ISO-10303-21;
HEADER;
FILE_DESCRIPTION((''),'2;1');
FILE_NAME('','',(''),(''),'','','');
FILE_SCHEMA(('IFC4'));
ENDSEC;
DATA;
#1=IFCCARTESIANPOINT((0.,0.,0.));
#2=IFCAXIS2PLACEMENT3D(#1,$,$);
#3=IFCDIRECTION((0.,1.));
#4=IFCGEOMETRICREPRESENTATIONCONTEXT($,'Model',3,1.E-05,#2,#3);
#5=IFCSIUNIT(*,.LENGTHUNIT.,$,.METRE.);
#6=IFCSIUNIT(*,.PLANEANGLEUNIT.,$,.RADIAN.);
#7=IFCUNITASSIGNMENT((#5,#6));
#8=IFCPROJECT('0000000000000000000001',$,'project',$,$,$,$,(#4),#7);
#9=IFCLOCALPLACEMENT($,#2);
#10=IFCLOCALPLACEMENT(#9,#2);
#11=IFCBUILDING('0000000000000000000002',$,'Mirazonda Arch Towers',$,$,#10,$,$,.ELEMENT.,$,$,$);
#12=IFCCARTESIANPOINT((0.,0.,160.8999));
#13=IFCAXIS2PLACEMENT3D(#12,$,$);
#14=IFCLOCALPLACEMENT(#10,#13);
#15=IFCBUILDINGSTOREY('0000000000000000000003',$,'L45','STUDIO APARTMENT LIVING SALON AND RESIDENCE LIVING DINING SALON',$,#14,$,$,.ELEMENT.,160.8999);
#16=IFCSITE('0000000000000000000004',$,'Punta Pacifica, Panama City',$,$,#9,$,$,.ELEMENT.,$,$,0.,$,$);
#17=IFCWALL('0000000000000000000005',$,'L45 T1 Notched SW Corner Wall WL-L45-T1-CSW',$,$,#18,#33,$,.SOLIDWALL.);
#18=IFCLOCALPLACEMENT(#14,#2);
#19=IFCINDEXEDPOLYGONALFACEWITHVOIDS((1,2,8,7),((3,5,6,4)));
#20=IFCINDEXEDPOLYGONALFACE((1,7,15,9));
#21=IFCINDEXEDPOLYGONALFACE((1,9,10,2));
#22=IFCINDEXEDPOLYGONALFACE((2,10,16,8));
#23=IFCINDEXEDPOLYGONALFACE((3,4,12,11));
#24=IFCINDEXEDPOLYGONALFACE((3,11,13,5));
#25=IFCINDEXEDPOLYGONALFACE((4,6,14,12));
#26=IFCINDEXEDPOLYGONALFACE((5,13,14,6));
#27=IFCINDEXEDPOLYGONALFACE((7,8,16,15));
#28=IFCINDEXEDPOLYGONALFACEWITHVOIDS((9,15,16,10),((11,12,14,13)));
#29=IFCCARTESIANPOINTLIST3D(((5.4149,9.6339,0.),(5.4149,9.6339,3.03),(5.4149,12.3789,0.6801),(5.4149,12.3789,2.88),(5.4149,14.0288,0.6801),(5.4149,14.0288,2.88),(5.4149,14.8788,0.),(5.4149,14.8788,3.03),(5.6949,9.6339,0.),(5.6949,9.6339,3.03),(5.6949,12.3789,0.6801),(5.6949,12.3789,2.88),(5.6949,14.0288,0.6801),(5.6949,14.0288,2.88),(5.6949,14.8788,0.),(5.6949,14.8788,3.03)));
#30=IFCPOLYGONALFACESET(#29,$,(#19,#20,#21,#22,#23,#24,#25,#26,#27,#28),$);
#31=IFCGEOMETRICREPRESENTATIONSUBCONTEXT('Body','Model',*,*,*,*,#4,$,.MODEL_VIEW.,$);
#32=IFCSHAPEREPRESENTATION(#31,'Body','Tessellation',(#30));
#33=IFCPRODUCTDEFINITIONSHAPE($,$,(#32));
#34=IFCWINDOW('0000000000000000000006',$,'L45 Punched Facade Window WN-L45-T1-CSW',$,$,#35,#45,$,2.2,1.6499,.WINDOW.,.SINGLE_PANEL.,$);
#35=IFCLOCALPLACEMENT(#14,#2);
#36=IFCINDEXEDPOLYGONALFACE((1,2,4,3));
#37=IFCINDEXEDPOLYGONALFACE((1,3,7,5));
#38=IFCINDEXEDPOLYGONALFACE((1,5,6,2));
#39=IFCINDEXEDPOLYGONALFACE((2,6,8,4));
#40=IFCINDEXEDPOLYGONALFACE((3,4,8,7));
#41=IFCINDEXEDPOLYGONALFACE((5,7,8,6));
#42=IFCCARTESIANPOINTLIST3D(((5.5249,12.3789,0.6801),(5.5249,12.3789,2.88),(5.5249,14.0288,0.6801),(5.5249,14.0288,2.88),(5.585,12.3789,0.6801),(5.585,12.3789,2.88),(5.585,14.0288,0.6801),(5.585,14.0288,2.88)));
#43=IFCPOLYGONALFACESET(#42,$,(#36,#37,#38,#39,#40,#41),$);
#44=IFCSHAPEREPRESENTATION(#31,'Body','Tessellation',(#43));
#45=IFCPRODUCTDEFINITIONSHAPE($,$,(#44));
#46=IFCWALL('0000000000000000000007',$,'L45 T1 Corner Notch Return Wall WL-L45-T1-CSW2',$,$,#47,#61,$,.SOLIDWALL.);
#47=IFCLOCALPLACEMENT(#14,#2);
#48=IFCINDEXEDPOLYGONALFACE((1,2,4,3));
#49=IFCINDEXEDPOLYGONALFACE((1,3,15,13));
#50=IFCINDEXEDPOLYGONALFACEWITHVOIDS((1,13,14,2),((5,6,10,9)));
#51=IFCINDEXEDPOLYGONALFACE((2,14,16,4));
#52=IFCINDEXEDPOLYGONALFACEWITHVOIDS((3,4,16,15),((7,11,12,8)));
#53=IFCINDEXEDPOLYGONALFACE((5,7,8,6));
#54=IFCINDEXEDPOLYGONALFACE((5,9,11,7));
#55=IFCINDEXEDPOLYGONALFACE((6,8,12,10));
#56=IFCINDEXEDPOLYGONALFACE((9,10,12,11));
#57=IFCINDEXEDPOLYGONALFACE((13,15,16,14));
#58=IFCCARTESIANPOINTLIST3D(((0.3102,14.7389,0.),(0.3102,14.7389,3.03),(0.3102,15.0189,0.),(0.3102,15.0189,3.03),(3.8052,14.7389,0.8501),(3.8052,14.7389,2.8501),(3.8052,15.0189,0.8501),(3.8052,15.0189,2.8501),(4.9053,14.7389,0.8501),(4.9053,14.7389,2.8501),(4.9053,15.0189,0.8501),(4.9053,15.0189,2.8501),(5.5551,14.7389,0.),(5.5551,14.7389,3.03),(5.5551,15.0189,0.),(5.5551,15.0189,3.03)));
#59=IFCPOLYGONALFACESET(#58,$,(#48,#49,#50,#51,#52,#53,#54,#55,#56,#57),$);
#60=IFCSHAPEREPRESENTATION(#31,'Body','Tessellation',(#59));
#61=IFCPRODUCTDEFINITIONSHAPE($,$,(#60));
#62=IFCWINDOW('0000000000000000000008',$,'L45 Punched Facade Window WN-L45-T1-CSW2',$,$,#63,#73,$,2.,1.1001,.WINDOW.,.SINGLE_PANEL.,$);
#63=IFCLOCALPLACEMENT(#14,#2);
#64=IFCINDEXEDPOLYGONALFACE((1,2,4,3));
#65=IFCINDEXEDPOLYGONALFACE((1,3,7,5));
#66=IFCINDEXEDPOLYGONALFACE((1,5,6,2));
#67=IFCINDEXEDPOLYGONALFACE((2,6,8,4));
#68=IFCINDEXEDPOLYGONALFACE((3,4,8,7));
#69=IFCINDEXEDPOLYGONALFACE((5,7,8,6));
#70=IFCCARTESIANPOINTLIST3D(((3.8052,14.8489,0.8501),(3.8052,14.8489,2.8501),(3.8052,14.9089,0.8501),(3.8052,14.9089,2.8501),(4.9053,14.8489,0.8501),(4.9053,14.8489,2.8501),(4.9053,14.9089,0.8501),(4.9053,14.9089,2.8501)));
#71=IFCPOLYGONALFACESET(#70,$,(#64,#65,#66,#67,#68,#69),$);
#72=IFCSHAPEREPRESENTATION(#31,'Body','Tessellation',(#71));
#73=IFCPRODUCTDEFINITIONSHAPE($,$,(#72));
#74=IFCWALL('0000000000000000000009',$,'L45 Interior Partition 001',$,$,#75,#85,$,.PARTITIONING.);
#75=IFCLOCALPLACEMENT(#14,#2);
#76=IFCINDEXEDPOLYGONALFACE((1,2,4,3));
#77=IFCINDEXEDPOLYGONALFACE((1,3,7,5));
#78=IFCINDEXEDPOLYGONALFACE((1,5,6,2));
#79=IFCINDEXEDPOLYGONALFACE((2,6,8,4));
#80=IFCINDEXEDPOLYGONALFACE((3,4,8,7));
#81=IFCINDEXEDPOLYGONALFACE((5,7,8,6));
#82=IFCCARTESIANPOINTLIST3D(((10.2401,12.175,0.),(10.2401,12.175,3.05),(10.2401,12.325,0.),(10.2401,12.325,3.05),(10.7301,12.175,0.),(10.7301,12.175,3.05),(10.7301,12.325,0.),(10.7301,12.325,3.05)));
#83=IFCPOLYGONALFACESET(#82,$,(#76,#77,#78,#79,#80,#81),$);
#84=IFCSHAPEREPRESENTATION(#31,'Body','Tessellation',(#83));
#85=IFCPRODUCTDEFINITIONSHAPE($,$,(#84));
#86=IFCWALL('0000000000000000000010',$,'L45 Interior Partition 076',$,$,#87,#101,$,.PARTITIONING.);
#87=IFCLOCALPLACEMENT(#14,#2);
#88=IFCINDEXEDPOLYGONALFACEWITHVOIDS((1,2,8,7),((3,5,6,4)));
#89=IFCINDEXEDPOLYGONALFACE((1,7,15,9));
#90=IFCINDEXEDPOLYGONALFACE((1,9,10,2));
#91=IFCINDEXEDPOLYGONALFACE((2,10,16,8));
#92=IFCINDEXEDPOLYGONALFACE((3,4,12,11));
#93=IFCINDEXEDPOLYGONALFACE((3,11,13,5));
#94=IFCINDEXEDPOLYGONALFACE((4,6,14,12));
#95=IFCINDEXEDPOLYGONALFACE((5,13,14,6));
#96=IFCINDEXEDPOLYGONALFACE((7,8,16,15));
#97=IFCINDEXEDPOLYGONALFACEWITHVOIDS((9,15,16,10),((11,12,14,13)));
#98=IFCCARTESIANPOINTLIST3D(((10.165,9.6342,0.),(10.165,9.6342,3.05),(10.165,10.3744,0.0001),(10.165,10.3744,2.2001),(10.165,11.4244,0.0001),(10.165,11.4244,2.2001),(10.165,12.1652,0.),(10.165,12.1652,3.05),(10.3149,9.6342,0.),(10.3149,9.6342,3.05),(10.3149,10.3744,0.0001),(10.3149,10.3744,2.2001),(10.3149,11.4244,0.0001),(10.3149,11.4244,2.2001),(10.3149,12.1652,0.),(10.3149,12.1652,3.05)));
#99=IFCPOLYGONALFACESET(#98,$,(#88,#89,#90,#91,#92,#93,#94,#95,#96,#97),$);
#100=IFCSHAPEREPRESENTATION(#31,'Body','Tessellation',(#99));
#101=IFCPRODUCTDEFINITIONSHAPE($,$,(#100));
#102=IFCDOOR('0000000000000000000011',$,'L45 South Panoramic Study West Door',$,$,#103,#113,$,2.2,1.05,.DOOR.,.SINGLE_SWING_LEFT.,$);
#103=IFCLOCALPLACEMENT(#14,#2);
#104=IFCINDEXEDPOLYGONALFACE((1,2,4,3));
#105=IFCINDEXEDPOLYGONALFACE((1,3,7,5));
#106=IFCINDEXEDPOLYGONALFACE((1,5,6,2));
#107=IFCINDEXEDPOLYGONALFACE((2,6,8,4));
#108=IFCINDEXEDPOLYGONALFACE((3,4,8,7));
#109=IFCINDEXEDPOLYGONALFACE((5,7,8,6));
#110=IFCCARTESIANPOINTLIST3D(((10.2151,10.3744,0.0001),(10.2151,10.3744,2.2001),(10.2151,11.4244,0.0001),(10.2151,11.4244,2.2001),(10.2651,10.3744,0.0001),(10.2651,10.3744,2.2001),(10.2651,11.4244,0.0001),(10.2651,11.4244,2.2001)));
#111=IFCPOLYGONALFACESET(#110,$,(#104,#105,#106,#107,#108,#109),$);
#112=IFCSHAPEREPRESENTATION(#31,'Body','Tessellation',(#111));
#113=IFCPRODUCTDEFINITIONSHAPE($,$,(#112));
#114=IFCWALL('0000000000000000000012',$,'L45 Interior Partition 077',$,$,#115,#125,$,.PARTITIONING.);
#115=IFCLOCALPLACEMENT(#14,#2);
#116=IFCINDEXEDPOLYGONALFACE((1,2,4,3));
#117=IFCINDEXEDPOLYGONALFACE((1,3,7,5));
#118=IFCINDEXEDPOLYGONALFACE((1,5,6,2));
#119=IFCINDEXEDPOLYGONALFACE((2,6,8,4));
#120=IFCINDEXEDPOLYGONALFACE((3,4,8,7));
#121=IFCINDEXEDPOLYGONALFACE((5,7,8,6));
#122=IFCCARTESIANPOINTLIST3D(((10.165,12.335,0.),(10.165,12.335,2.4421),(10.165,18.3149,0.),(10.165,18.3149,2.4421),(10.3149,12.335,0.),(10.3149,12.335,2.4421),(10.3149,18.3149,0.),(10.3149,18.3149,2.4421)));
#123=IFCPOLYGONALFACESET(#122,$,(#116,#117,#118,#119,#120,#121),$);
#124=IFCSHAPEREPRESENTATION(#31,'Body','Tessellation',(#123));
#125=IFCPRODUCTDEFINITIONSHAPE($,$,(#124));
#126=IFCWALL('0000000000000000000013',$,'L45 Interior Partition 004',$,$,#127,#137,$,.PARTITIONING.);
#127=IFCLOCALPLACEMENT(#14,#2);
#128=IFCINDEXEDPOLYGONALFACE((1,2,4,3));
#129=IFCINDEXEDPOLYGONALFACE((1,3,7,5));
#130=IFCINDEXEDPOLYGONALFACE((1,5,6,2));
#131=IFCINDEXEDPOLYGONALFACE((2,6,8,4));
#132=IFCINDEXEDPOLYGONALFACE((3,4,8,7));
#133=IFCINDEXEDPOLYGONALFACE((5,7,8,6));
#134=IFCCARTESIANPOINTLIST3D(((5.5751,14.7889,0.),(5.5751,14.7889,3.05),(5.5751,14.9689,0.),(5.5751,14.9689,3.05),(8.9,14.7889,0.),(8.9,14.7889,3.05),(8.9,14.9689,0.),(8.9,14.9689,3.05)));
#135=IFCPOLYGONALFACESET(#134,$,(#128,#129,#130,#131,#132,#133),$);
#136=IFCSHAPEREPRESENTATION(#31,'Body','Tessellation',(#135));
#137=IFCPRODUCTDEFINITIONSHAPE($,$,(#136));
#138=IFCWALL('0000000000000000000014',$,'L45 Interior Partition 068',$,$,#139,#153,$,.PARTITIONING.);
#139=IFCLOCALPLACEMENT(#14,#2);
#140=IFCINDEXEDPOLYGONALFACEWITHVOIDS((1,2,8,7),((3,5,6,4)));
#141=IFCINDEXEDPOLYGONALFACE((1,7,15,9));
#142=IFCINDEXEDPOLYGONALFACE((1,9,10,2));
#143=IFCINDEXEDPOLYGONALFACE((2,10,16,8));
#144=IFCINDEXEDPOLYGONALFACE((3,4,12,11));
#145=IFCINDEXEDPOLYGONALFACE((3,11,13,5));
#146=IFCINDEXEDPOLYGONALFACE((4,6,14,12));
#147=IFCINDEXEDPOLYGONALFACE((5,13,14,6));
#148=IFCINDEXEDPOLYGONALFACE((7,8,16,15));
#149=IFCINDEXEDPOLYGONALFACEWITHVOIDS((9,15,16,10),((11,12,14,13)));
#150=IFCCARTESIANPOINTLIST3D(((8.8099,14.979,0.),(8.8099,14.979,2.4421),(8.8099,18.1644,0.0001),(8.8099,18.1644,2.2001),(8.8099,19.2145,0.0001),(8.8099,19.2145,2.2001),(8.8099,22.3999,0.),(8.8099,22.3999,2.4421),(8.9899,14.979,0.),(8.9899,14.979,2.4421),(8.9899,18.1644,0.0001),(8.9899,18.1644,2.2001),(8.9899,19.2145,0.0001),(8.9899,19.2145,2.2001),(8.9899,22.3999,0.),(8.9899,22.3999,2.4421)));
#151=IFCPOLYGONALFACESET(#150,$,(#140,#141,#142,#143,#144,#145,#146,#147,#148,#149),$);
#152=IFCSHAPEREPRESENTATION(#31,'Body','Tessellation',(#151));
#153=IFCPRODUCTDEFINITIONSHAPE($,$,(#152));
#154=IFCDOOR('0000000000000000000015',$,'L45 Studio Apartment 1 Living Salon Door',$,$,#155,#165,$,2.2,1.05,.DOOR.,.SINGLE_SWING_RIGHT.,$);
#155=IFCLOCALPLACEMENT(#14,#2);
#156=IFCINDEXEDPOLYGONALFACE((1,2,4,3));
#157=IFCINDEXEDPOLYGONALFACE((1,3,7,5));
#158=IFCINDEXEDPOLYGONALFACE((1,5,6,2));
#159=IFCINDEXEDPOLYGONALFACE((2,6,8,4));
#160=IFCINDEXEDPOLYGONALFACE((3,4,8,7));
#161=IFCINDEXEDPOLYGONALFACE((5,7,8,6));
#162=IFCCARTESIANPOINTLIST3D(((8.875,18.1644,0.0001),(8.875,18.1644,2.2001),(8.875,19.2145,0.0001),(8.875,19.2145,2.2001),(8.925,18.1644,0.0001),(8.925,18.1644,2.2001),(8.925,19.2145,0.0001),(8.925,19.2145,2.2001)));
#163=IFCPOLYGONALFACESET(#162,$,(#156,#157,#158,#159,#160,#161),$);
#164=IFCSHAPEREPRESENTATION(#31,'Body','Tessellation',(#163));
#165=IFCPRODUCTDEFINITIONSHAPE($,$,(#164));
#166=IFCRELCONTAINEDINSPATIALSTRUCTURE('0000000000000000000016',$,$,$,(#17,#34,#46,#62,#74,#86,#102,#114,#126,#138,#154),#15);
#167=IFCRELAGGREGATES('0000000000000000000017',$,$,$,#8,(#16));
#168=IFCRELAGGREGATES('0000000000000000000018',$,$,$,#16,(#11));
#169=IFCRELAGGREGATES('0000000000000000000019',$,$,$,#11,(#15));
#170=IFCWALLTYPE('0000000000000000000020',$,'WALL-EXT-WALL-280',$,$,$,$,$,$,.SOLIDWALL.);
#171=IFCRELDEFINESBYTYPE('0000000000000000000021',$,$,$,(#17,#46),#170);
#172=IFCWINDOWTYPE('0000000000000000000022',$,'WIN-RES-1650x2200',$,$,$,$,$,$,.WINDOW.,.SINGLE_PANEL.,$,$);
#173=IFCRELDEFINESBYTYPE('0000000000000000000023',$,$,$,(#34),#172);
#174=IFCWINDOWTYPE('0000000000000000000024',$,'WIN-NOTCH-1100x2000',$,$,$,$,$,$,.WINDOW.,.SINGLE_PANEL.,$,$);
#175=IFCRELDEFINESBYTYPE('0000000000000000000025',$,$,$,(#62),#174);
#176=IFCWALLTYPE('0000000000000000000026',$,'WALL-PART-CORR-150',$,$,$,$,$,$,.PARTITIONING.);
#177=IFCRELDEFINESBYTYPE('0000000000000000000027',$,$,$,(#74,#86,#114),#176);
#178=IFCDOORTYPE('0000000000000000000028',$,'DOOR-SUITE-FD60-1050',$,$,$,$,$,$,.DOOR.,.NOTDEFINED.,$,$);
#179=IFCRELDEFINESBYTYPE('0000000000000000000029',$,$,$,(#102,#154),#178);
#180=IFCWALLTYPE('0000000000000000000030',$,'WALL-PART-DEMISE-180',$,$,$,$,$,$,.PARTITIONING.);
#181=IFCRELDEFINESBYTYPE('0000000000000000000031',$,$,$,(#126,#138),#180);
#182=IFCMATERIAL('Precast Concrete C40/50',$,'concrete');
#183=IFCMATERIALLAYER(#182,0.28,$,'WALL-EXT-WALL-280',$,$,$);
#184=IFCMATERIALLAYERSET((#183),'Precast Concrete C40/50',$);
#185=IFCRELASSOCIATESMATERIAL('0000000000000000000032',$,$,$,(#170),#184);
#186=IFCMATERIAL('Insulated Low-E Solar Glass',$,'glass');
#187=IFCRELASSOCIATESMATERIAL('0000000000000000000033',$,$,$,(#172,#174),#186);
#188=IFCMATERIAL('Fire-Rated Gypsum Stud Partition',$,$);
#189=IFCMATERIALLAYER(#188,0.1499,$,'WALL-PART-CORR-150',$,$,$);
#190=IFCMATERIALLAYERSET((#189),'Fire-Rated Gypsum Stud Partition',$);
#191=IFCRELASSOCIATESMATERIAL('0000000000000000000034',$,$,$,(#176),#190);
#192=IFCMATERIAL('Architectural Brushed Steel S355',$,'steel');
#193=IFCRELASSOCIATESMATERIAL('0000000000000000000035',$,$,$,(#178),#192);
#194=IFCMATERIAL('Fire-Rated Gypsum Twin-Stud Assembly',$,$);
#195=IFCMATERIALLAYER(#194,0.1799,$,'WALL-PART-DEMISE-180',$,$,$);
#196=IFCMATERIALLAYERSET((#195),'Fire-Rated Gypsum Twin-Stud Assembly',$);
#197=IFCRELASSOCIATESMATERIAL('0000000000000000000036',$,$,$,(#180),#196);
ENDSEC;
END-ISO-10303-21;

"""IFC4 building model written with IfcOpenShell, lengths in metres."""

from ifc_helpers import new_model, si_unit, direction, frame, frame_2d, origin, place, context, subcontext, project, spatial, rectangle, extrude, material, layer, layer_set, type_object, element, fill, save


model = new_model("IFC4")

# Units and contexts
model_context = context("Model", 3, precision=1e-05, world=origin(), true_north=direction((0.0, 1.0)))
body_context = subcontext(model_context, "Body", "Model", "MODEL_VIEW")
ifc_project = project(units=[si_unit("LENGTHUNIT", "METRE"), si_unit("PLANEANGLEUNIT", "RADIAN")], contexts=[model_context])

# Site, building, storey
site_placement = place(None, origin())
site = spatial("IfcSite", under=ifc_project, at=site_placement, Name="Punta Pacifica, Panama City", CompositionType="ELEMENT", RefElevation=0.0)
building_placement = place(site_placement, origin())
building = spatial("IfcBuilding", under=site, at=building_placement, Name="Mirazonda Arch Towers", CompositionType="ELEMENT")
storey_placement = place(building_placement, frame((0.0, 0.0, 160.8999)))
storey = spatial("IfcBuildingStorey", under=building, at=storey_placement, Name="L45", Description="STUDIO APARTMENT LIVING SALON AND RESIDENCE LIVING DINING SALON", CompositionType="ELEMENT", Elevation=160.8999)

# Shared definitions
ifc_material_1 = material(Name="Insulated Low-E Solar Glass", Category="glass")

# Walls, openings, windows
ifc_material_2 = material(Name="Precast Concrete C40/50", Category="concrete")
ifc_layer_1 = layer(ifc_material_2, 0.28, Name="WALL-EXT-WALL-280")
ifc_layer_set_1 = layer_set([ifc_layer_1], Name="Precast Concrete C40/50")
wall_type_1 = type_object("IfcWallType", Name="WALL-EXT-WALL-280", PredefinedType="SOLIDWALL", material=ifc_layer_set_1)
wall_1_placement = place(storey_placement, frame((5.5549, 14.8789, 0.0), z_axis=(0.0, 0.0, 1.0), x_axis=(0.0, -1.0, 0.0)))
wall_1 = element("IfcWall", 1, at=wall_1_placement, inside=storey, type_object=wall_type_1, Name="L45 T1 Notched SW Corner Wall WL-L45-T1-CSW", PredefinedType="SOLIDWALL", context=body_context, shape_type="SweptSolid", body=[
    extrude(rectangle(XDim=5.2449, YDim=0.28, at=frame_2d((2.6226, 0.0))), origin(), (0.0, 0.0, 1.0), 3.03),
])
opening_1_placement = place(wall_1_placement, frame((0.8501, 0.0, 0.6799)))
opening_1 = element("IfcOpeningElement", 2, at=opening_1_placement, cuts=wall_1, PredefinedType="OPENING", context=body_context, shape_type="SweptSolid", body=[
    extrude(rectangle(XDim=1.6499, YDim=2.2, at=frame_2d((0.825, 1.1001))), frame((0.0, 0.1499, 0.0), z_axis=(0.0, -1.0, 0.0), x_axis=(1.0, 0.0, 0.0)), (0.0, 0.0, 1.0), 0.3),
])
window_type_1 = type_object("IfcWindowType", Name="WIN-RES-1650x2200", PartitioningType="SINGLE_PANEL", PredefinedType="WINDOW", material=ifc_material_1)
window_1_placement = place(opening_1_placement, origin())
window_1 = element("IfcWindow", 3, at=window_1_placement, inside=storey, type_object=window_type_1, Name="L45 Punched Facade Window WN-L45-T1-CSW", OverallHeight=2.2, OverallWidth=1.6499, PartitioningType="SINGLE_PANEL", PredefinedType="WINDOW", context=body_context, shape_type="SweptSolid", body=[
    extrude(rectangle(XDim=1.6499, YDim=2.2, at=frame_2d((0.825, 1.1001))), frame((0.0, 0.03, 0.0), z_axis=(0.0, -1.0, 0.0), x_axis=(1.0, 0.0, 0.0)), (0.0, 0.0, 1.0), 0.0601),
])
fill(opening_1, window_1)
wall_2_placement = place(storey_placement, frame((0.3101, 14.8789, 0.0), z_axis=(0.0, 0.0, 1.0), x_axis=(1.0, 0.0, 0.0)))
wall_2 = element("IfcWall", 4, at=wall_2_placement, inside=storey, type_object=wall_type_1, Name="L45 T1 Corner Notch Return Wall WL-L45-T1-CSW2", PredefinedType="SOLIDWALL", context=body_context, shape_type="SweptSolid", body=[
    extrude(rectangle(XDim=5.2449, YDim=0.28, at=frame_2d((2.6226, 0.0))), origin(), (0.0, 0.0, 1.0), 3.03),
])
opening_2_placement = place(wall_2_placement, frame((3.4951, 0.0, 0.8501)))
opening_2 = element("IfcOpeningElement", 5, at=opening_2_placement, cuts=wall_2, PredefinedType="OPENING", context=body_context, shape_type="SweptSolid", body=[
    extrude(rectangle(XDim=1.1001, YDim=2.0, at=frame_2d((0.55, 1.0))), frame((0.0, 0.1499, 0.0), z_axis=(0.0, -1.0, 0.0), x_axis=(1.0, 0.0, 0.0)), (0.0, 0.0, 1.0), 0.3),
])
window_type_2 = type_object("IfcWindowType", Name="WIN-NOTCH-1100x2000", PartitioningType="SINGLE_PANEL", PredefinedType="WINDOW", material=ifc_material_1)
window_2_placement = place(opening_2_placement, origin())
window_2 = element("IfcWindow", 6, at=window_2_placement, inside=storey, type_object=window_type_2, Name="L45 Punched Facade Window WN-L45-T1-CSW2", OverallHeight=2.0, OverallWidth=1.1001, PartitioningType="SINGLE_PANEL", PredefinedType="WINDOW", context=body_context, shape_type="SweptSolid", body=[
    extrude(rectangle(XDim=1.1001, YDim=2.0, at=frame_2d((0.55, 1.0))), frame((0.0, 0.03, 0.0), z_axis=(0.0, -1.0, 0.0), x_axis=(1.0, 0.0, 0.0)), (0.0, 0.0, 1.0), 0.0601),
])
fill(opening_2, window_2)

# Wall
ifc_material_3 = material(Name="Fire-Rated Gypsum Stud Partition")
ifc_layer_2 = layer(ifc_material_3, 0.1499, Name="WALL-PART-CORR-150")
ifc_layer_set_2 = layer_set([ifc_layer_2], Name="Fire-Rated Gypsum Stud Partition")
wall_type_2 = type_object("IfcWallType", Name="WALL-PART-CORR-150", PredefinedType="PARTITIONING", material=ifc_layer_set_2)
wall_3_placement = place(storey_placement, frame((10.24, 12.25, 0.0), z_axis=(0.0, 0.0, 1.0), x_axis=(1.0, 0.0, 0.0)))
element("IfcWall", 7, at=wall_3_placement, inside=storey, type_object=wall_type_2, Name="L45 Interior Partition 001", PredefinedType="PARTITIONING", context=body_context, shape_type="SweptSolid", body=[
    extrude(rectangle(XDim=0.49, YDim=0.1499, at=frame_2d((0.2451, 0.0))), origin(), (0.0, 0.0, 1.0), 3.05),
])

# Wall, opening, door
wall_4_placement = place(storey_placement, frame((10.24, 9.634, 0.0), z_axis=(0.0, 0.0, 1.0), x_axis=(0.0, 1.0, 0.0)))
wall_4 = element("IfcWall", 8, at=wall_4_placement, inside=storey, type_object=wall_type_2, Name="L45 Interior Partition 076", PredefinedType="PARTITIONING", context=body_context, shape_type="SweptSolid", body=[
    extrude(rectangle(XDim=2.531, YDim=0.1499, at=frame_2d((1.2656, 0.0))), origin(), (0.0, 0.0, 1.0), 3.05),
])
opening_3_placement = place(wall_4_placement, frame((0.7405, 0.0, 0.0)))
opening_3 = element("IfcOpeningElement", 9, at=opening_3_placement, cuts=wall_4, PredefinedType="OPENING", context=body_context, shape_type="SweptSolid", body=[
    extrude(rectangle(XDim=1.05, YDim=2.2, at=frame_2d((0.5249, 1.1001))), frame((0.0, 0.085, 0.0), z_axis=(0.0, -1.0, 0.0), x_axis=(1.0, 0.0, 0.0)), (0.0, 0.0, 1.0), 0.1699),
])
ifc_material_4 = material(Name="Architectural Brushed Steel S355", Category="steel")
door_type_1 = type_object("IfcDoorType", Name="DOOR-SUITE-FD60-1050", OperationType="NOTDEFINED", PredefinedType="DOOR", material=ifc_material_4)
door_1_placement = place(opening_3_placement, origin())
door_1 = element("IfcDoor", 10, at=door_1_placement, inside=storey, type_object=door_type_1, Name="L45 South Panoramic Study West Door", OperationType="SINGLE_SWING_LEFT", OverallHeight=2.2, OverallWidth=1.05, PredefinedType="DOOR", context=body_context, shape_type="SweptSolid", body=[
    extrude(rectangle(XDim=1.05, YDim=2.2, at=frame_2d((0.5249, 1.1001))), frame((0.0, 0.0249, 0.0), z_axis=(0.0, -1.0, 0.0), x_axis=(1.0, 0.0, 0.0)), (0.0, 0.0, 1.0), 0.05),
])
fill(opening_3, door_1)

# Walls
wall_5_placement = place(storey_placement, frame((10.24, 12.335, 0.0), z_axis=(0.0, 0.0, 1.0), x_axis=(0.0, 1.0, 0.0)))
element("IfcWall", 11, at=wall_5_placement, inside=storey, type_object=wall_type_2, Name="L45 Interior Partition 077", PredefinedType="PARTITIONING", context=body_context, shape_type="SweptSolid", body=[
    extrude(rectangle(XDim=5.98, YDim=0.1499, at=frame_2d((2.99, 0.0))), origin(), (0.0, 0.0, 1.0), 2.4421),
])
ifc_material_5 = material(Name="Fire-Rated Gypsum Twin-Stud Assembly")
ifc_layer_3 = layer(ifc_material_5, 0.1799, Name="WALL-PART-DEMISE-180")
ifc_layer_set_3 = layer_set([ifc_layer_3], Name="Fire-Rated Gypsum Twin-Stud Assembly")
wall_type_3 = type_object("IfcWallType", Name="WALL-PART-DEMISE-180", PredefinedType="PARTITIONING", material=ifc_layer_set_3)
wall_6_placement = place(storey_placement, frame((5.575, 14.8789, 0.0), z_axis=(0.0, 0.0, 1.0), x_axis=(1.0, 0.0, 0.0)))
element("IfcWall", 12, at=wall_6_placement, inside=storey, type_object=wall_type_3, Name="L45 Interior Partition 004", PredefinedType="PARTITIONING", context=body_context, shape_type="SweptSolid", body=[
    extrude(rectangle(XDim=3.325, YDim=0.1799, at=frame_2d((1.6626, 0.0))), origin(), (0.0, 0.0, 1.0), 3.05),
])

# Wall, opening, door
wall_7_placement = place(storey_placement, frame((8.8999, 14.979, 0.0), z_axis=(0.0, 0.0, 1.0), x_axis=(0.0, 1.0, 0.0)))
wall_7 = element("IfcWall", 13, at=wall_7_placement, inside=storey, type_object=wall_type_3, Name="L45 Interior Partition 068", PredefinedType="PARTITIONING", context=body_context, shape_type="SweptSolid", body=[
    extrude(rectangle(XDim=7.4209, YDim=0.1799, at=frame_2d((3.7104, 0.0))), origin(), (0.0, 0.0, 1.0), 2.4421),
])
opening_4_placement = place(wall_7_placement, frame((3.1855, 0.0, 0.0)))
opening_4 = element("IfcOpeningElement", 14, at=opening_4_placement, cuts=wall_7, PredefinedType="OPENING", context=body_context, shape_type="SweptSolid", body=[
    extrude(rectangle(XDim=1.05, YDim=2.2, at=frame_2d((0.5249, 1.1001))), frame((0.0, 0.0999, 0.0), z_axis=(0.0, -1.0, 0.0), x_axis=(1.0, 0.0, 0.0)), (0.0, 0.0, 1.0), 0.2),
])
door_2_placement = place(opening_4_placement, origin())
door_2 = element("IfcDoor", 15, at=door_2_placement, inside=storey, type_object=door_type_1, Name="L45 Studio Apartment 1 Living Salon Door", OperationType="SINGLE_SWING_RIGHT", OverallHeight=2.2, OverallWidth=1.05, PredefinedType="DOOR", context=body_context, shape_type="SweptSolid", body=[
    extrude(rectangle(XDim=1.05, YDim=2.2, at=frame_2d((0.5249, 1.1001))), frame((0.0, 0.0249, 0.0), z_axis=(0.0, -1.0, 0.0), x_axis=(1.0, 0.0, 0.0)), (0.0, 0.0, 1.0), 0.05),
])
fill(opening_4, door_2)

save(model, "model.ifc")
